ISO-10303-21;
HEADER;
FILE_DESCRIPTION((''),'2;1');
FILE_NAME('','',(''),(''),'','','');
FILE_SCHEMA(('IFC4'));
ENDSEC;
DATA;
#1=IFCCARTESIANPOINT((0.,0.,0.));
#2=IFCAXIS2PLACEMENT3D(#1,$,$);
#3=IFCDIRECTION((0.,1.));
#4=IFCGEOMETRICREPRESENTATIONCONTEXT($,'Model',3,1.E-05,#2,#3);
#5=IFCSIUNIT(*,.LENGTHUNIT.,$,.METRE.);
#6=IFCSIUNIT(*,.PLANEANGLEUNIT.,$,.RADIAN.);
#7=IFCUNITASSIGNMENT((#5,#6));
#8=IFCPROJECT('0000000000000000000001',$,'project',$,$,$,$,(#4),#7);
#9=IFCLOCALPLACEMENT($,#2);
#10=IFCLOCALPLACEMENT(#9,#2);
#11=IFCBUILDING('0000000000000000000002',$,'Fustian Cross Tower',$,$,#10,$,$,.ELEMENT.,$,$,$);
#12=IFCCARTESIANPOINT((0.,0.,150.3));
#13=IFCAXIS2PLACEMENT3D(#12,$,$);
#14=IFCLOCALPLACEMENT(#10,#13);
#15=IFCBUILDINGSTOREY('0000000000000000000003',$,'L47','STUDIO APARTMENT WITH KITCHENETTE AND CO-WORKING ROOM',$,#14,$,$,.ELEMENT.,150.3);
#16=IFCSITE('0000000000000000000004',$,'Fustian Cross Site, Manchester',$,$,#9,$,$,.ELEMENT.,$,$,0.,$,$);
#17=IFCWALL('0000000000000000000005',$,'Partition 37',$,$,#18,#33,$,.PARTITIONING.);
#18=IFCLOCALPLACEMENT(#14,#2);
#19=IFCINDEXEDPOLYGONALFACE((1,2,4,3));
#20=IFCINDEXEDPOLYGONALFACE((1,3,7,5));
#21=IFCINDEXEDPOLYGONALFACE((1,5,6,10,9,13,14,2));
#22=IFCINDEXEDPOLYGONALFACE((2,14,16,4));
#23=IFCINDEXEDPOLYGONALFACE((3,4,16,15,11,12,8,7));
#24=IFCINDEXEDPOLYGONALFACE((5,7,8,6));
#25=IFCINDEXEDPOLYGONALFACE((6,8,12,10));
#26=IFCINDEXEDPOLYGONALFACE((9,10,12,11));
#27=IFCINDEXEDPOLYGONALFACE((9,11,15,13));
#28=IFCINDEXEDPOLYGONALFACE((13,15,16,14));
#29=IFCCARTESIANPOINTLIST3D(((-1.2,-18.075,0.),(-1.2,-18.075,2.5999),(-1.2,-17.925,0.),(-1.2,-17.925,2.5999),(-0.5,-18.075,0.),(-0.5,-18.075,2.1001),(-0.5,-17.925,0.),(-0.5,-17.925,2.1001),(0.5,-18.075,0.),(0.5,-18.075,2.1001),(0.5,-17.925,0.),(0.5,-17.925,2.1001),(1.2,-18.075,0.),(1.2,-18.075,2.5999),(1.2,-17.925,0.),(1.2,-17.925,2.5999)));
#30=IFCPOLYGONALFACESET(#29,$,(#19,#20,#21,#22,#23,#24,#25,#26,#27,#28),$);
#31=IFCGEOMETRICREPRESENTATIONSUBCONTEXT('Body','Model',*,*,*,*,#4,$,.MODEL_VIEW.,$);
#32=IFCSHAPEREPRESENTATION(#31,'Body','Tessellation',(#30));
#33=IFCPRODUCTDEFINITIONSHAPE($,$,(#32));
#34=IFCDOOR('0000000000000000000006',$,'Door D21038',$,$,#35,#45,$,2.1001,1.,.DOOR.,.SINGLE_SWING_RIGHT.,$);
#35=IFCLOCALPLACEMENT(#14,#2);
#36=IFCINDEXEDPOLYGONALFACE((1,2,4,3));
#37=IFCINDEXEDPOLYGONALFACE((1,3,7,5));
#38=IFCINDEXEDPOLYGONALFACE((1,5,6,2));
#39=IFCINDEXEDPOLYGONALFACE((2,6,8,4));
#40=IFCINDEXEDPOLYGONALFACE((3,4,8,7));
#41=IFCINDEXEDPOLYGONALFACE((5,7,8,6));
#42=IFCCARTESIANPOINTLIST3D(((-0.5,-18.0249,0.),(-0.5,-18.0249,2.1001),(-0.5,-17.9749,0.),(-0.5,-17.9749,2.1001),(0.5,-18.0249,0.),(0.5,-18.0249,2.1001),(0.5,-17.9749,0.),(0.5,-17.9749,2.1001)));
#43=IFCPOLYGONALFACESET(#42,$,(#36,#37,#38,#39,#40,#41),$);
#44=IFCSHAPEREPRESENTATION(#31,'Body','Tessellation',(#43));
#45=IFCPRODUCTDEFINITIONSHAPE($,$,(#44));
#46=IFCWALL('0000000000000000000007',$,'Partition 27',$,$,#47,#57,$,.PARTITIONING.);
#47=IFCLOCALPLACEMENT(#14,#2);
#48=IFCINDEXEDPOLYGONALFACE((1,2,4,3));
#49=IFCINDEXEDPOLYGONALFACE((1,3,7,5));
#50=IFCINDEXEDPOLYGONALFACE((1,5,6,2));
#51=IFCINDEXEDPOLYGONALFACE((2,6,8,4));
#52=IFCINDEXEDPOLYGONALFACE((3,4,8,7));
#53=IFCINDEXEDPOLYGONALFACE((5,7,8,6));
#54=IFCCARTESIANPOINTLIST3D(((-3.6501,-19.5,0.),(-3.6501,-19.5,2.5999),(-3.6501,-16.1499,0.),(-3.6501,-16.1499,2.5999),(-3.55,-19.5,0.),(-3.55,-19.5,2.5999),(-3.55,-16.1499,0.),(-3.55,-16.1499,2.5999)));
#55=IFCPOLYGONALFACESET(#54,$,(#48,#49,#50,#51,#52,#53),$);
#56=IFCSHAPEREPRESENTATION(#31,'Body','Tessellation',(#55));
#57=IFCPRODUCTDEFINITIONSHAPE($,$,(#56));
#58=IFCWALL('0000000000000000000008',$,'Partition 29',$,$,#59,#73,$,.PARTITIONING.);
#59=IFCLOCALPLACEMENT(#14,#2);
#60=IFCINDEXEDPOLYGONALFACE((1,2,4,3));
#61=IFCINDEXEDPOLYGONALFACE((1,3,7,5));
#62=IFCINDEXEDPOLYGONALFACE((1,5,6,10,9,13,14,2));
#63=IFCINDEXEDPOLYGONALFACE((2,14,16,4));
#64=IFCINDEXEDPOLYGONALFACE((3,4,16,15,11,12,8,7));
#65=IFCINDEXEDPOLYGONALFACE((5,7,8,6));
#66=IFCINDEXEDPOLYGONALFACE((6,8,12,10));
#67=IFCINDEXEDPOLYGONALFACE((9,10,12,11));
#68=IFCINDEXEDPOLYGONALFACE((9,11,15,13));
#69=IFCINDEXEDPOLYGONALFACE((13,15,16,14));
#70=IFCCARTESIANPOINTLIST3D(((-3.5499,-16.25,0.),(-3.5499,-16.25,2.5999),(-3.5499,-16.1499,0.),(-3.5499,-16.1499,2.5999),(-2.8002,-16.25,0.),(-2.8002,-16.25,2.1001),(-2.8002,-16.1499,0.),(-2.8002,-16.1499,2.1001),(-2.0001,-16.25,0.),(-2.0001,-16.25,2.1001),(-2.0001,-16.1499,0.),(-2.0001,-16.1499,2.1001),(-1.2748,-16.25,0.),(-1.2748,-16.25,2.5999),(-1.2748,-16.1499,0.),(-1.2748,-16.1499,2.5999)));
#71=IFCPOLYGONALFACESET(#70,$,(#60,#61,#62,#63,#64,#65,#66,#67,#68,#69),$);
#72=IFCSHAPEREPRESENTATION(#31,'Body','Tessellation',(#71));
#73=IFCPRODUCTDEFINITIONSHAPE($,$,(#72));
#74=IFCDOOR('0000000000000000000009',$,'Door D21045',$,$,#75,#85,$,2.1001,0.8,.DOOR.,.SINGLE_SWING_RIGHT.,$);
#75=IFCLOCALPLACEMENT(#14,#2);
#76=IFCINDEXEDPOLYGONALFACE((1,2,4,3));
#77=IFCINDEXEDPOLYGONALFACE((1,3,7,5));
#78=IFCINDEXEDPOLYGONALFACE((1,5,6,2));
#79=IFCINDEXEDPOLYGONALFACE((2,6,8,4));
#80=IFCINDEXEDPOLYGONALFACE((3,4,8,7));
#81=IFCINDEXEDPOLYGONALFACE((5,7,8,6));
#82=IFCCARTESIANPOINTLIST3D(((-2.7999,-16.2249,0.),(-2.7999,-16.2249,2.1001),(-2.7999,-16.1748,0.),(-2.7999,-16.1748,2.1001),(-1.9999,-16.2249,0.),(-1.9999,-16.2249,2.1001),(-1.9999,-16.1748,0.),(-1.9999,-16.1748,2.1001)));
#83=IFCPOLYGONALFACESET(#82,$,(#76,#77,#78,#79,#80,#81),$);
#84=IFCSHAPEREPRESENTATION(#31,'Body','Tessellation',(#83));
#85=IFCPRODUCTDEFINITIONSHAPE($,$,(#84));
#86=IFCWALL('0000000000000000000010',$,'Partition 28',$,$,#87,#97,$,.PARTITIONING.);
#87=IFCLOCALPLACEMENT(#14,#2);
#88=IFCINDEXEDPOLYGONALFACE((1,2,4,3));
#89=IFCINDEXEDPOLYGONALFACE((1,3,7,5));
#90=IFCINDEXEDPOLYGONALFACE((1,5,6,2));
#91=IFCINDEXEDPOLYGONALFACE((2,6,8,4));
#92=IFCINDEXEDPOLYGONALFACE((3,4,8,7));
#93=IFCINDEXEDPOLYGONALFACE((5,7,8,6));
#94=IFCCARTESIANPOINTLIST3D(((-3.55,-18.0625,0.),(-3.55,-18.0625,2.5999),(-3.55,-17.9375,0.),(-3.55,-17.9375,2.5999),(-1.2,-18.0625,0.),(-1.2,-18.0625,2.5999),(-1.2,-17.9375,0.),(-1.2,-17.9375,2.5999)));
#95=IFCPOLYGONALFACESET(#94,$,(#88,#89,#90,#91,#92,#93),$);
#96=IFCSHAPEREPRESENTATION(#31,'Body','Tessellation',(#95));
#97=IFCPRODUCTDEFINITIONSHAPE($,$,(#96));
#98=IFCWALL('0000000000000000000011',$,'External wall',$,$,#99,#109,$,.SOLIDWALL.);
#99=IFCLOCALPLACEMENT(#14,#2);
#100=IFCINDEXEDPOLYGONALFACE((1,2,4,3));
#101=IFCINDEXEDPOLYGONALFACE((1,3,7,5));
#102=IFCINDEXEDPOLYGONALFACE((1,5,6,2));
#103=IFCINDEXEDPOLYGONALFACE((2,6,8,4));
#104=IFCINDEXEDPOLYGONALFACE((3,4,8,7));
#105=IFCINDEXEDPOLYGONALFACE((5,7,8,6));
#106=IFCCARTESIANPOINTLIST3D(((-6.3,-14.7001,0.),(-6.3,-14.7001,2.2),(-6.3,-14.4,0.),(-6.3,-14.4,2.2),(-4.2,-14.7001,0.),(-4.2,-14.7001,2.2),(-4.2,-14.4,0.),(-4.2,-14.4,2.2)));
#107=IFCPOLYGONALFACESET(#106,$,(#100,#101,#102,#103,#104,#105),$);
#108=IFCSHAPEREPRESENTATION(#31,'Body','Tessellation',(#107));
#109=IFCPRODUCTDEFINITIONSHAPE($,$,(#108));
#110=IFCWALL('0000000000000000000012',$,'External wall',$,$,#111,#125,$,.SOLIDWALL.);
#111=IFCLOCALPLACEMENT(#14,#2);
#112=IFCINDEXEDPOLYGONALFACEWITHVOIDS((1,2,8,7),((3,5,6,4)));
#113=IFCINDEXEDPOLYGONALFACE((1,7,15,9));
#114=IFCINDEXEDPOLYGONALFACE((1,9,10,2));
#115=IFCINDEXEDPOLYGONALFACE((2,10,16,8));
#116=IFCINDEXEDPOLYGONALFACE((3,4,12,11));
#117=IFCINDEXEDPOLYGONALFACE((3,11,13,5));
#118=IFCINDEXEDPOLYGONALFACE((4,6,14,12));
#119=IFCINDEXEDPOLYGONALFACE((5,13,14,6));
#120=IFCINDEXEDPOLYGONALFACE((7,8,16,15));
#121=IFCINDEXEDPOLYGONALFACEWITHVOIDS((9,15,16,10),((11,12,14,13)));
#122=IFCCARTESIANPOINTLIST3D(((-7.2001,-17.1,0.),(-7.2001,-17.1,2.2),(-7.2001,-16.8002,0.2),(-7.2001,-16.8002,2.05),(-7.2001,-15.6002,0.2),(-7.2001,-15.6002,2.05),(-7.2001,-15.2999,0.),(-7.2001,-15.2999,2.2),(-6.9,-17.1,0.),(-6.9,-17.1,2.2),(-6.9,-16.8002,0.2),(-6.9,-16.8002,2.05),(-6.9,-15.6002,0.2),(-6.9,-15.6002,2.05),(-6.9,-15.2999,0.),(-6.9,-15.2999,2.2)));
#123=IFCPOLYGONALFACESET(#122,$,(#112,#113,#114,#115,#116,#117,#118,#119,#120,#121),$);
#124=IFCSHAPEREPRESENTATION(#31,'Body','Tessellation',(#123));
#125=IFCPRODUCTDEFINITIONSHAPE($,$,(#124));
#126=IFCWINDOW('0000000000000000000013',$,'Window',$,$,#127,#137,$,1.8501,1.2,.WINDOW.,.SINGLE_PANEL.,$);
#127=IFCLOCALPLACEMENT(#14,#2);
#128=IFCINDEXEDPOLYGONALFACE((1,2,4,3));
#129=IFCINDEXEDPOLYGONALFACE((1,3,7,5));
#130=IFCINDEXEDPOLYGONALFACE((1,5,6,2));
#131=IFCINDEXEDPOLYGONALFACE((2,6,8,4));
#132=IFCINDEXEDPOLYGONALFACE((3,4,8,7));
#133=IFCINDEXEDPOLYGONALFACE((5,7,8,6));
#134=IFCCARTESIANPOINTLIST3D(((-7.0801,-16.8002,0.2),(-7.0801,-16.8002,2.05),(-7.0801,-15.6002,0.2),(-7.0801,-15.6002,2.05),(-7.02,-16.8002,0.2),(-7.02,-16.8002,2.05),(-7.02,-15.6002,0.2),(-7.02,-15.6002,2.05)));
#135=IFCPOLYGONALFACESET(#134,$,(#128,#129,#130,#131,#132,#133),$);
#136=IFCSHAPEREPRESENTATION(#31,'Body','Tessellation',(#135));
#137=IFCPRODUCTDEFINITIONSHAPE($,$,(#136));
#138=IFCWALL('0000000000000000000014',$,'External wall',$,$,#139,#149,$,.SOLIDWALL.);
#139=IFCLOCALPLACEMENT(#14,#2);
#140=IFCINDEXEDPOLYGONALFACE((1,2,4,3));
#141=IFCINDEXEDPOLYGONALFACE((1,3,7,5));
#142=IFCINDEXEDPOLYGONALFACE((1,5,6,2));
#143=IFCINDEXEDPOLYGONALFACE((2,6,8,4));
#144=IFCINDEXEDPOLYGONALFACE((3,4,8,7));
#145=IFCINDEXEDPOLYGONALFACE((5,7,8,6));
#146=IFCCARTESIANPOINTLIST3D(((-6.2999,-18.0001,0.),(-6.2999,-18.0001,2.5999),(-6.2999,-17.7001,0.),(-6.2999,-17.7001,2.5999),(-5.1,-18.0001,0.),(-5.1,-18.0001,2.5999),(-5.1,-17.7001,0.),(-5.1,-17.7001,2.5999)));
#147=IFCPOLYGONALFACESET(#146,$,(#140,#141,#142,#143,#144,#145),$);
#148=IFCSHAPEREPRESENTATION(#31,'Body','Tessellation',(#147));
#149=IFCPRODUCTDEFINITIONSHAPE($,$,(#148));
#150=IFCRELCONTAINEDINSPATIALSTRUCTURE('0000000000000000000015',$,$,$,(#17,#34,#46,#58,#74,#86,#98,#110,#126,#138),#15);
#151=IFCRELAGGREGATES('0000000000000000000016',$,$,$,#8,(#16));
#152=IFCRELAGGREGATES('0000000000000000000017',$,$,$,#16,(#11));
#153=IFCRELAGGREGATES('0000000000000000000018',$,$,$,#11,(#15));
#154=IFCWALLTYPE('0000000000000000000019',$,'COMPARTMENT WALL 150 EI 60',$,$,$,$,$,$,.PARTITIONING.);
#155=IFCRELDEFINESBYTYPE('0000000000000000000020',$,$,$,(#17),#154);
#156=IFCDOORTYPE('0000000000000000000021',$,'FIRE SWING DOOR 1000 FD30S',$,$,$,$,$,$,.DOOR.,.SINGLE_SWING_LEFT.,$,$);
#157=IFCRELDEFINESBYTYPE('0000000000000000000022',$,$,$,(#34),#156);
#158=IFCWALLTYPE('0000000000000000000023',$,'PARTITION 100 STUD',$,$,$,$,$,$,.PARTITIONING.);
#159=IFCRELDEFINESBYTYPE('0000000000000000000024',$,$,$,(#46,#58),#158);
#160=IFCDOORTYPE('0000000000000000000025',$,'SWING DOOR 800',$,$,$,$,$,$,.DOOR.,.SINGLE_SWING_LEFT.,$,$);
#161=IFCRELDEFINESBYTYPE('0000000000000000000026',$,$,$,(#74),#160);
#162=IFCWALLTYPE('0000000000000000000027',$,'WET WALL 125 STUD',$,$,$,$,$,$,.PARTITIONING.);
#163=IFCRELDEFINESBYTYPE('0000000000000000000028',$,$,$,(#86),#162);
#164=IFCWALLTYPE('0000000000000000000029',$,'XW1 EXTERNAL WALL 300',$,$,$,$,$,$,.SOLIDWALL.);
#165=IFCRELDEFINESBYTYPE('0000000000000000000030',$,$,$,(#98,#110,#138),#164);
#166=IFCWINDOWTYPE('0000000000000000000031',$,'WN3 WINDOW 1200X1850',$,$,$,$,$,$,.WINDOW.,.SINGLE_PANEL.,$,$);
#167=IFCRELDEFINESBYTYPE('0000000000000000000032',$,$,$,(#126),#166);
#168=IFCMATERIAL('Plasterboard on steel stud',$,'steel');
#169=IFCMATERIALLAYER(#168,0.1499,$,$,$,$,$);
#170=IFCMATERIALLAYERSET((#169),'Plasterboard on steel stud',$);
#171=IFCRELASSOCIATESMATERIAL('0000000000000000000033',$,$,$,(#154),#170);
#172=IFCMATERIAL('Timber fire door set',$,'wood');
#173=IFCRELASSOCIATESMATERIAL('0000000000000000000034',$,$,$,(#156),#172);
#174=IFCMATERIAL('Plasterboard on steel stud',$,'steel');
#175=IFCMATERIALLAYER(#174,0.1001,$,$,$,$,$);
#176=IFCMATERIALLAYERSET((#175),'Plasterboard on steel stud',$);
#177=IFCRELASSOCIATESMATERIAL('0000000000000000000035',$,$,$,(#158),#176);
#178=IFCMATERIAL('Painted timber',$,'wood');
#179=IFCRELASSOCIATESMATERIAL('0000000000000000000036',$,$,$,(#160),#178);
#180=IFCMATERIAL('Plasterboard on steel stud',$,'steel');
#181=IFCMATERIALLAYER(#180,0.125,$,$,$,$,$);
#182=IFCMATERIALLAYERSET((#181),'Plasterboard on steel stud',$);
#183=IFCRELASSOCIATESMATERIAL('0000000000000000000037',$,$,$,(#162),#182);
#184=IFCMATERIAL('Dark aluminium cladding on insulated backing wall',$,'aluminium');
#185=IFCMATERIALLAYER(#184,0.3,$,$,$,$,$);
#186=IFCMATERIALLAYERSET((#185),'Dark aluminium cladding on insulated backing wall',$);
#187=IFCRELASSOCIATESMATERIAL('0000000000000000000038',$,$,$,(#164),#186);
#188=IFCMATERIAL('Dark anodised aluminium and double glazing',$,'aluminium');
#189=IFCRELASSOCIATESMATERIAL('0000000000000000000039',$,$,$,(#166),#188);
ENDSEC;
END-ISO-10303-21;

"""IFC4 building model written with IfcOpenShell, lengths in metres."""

from ifc_helpers import new_model, si_unit, direction, frame, frame_2d, origin, place, context, subcontext, project, spatial, rectangle, extrude, material, layer, layer_set, type_object, element, fill, save


model = new_model("IFC4")

# Units and contexts
model_context = context("Model", 3, precision=1e-05, world=origin(), true_north=direction((0.0, 1.0)))
body_context = subcontext(model_context, "Body", "Model", "MODEL_VIEW")
ifc_project = project(units=[si_unit("LENGTHUNIT", "METRE"), si_unit("PLANEANGLEUNIT", "RADIAN")], contexts=[model_context])

# Site, building, storey
site_placement = place(None, origin())
site = spatial("IfcSite", under=ifc_project, at=site_placement, Name="Fustian Cross Site, Manchester", CompositionType="ELEMENT", RefElevation=0.0)
building_placement = place(site_placement, origin())
building = spatial("IfcBuilding", under=site, at=building_placement, Name="Fustian Cross Tower", CompositionType="ELEMENT")
storey_placement = place(building_placement, frame((0.0, 0.0, 150.3)))
storey = spatial("IfcBuildingStorey", under=building, at=storey_placement, Name="L47", Description="STUDIO APARTMENT WITH KITCHENETTE AND CO-WORKING ROOM", CompositionType="ELEMENT", Elevation=150.3)

# Shared definitions
ifc_material_1 = material(Name="Plasterboard on steel stud", Category="steel")
ifc_layer_1 = layer(ifc_material_1, 0.1499)
ifc_layer_set_1 = layer_set([ifc_layer_1], Name="Plasterboard on steel stud")
wall_type_1 = type_object("IfcWallType", Name="COMPARTMENT WALL 150 EI 60", PredefinedType="PARTITIONING", material=ifc_layer_set_1)
ifc_material_2 = material(Name="Timber fire door set", Category="wood")
door_type_1 = type_object("IfcDoorType", Name="FIRE SWING DOOR 1000 FD30S", OperationType="SINGLE_SWING_LEFT", PredefinedType="DOOR", material=ifc_material_2)

# Wall, opening, door
wall_1_placement = place(storey_placement, frame((-1.2, -18.0, 0.0), z_axis=(0.0, 0.0, 1.0), x_axis=(1.0, 0.0, 0.0)))
wall_1 = element("IfcWall", 1, at=wall_1_placement, inside=storey, type_object=wall_type_1, Name="Partition 37", PredefinedType="PARTITIONING", context=body_context, shape_type="SweptSolid", body=[
    extrude(rectangle(XDim=2.3999, YDim=0.1499, at=frame_2d((1.2, 0.0))), origin(), (0.0, 0.0, 1.0), 2.5999),
])
opening_1_placement = place(wall_1_placement, frame((0.7, 0.0, 0.0)))
opening_1 = element("IfcOpeningElement", 2, at=opening_1_placement, cuts=wall_1, PredefinedType="OPENING", context=body_context, shape_type="SweptSolid", body=[
    extrude(rectangle(XDim=1.0, YDim=2.1001, at=frame_2d((0.5, 1.05))), frame((0.0, 0.085, 0.0), z_axis=(0.0, -1.0, 0.0), x_axis=(1.0, 0.0, 0.0)), (0.0, 0.0, 1.0), 0.1699),
])
door_1_placement = place(opening_1_placement, frame((1.0, 0.0, 0.0), z_axis=(0.0, 0.0, 1.0), x_axis=(-1.0, 0.0, 0.0)))
door_1 = element("IfcDoor", 3, at=door_1_placement, inside=storey, type_object=door_type_1, Name="Door D21038", OperationType="SINGLE_SWING_RIGHT", OverallHeight=2.1001, OverallWidth=1.0, PredefinedType="DOOR", context=body_context, shape_type="SweptSolid", body=[
    extrude(rectangle(XDim=1.0, YDim=2.1001, at=frame_2d((0.5, 1.05))), frame((0.0, 0.0249, 0.0), z_axis=(0.0, -1.0, 0.0), x_axis=(1.0, 0.0, 0.0)), (0.0, 0.0, 1.0), 0.05),
])
fill(opening_1, door_1)

# Wall
ifc_material_3 = material(Name="Plasterboard on steel stud", Category="steel")
ifc_layer_2 = layer(ifc_material_3, 0.1001)
ifc_layer_set_2 = layer_set([ifc_layer_2], Name="Plasterboard on steel stud")
wall_type_2 = type_object("IfcWallType", Name="PARTITION 100 STUD", PredefinedType="PARTITIONING", material=ifc_layer_set_2)
wall_2_placement = place(storey_placement, frame((-3.6001, -19.5, 0.0), z_axis=(0.0, 0.0, 1.0), x_axis=(0.0, 1.0, 0.0)))
element("IfcWall", 4, at=wall_2_placement, inside=storey, type_object=wall_type_2, Name="Partition 27", PredefinedType="PARTITIONING", context=body_context, shape_type="SweptSolid", body=[
    extrude(rectangle(XDim=3.3501, YDim=0.1001, at=frame_2d((1.675, 0.0))), origin(), (0.0, 0.0, 1.0), 2.5999),
])

# Wall, opening, door
wall_3_placement = place(storey_placement, frame((-3.55, -16.2, 0.0), z_axis=(0.0, 0.0, 1.0), x_axis=(1.0, 0.0, 0.0)))
wall_3 = element("IfcWall", 5, at=wall_3_placement, inside=storey, type_object=wall_type_2, Name="Partition 29", PredefinedType="PARTITIONING", context=body_context, shape_type="SweptSolid", body=[
    extrude(rectangle(XDim=2.2751, YDim=0.1001, at=frame_2d((1.1377, 0.0))), origin(), (0.0, 0.0, 1.0), 2.5999),
])
opening_2_placement = place(wall_3_placement, frame((0.75, 0.0, 0.0)))
opening_2 = element("IfcOpeningElement", 6, at=opening_2_placement, cuts=wall_3, PredefinedType="OPENING", context=body_context, shape_type="SweptSolid", body=[
    extrude(rectangle(XDim=0.8, YDim=2.1001, at=frame_2d((0.3999, 1.05))), frame((0.0, 0.0601, 0.0), z_axis=(0.0, -1.0, 0.0), x_axis=(1.0, 0.0, 0.0)), (0.0, 0.0, 1.0), 0.1201),
])
ifc_material_4 = material(Name="Painted timber", Category="wood")
door_type_2 = type_object("IfcDoorType", Name="SWING DOOR 800", OperationType="SINGLE_SWING_LEFT", PredefinedType="DOOR", material=ifc_material_4)
door_2_placement = place(opening_2_placement, frame((0.8, 0.0, 0.0), z_axis=(0.0, 0.0, 1.0), x_axis=(-1.0, 0.0, 0.0)))
door_2 = element("IfcDoor", 7, at=door_2_placement, inside=storey, type_object=door_type_2, Name="Door D21045", OperationType="SINGLE_SWING_RIGHT", OverallHeight=2.1001, OverallWidth=0.8, PredefinedType="DOOR", context=body_context, shape_type="SweptSolid", body=[
    extrude(rectangle(XDim=0.8, YDim=2.1001, at=frame_2d((0.3999, 1.05))), frame((0.0, 0.0249, 0.0), z_axis=(0.0, -1.0, 0.0), x_axis=(1.0, 0.0, 0.0)), (0.0, 0.0, 1.0), 0.05),
])
fill(opening_2, door_2)

# Walls
ifc_material_5 = material(Name="Plasterboard on steel stud", Category="steel")
ifc_layer_3 = layer(ifc_material_5, 0.125)
ifc_layer_set_3 = layer_set([ifc_layer_3], Name="Plasterboard on steel stud")
wall_type_3 = type_object("IfcWallType", Name="WET WALL 125 STUD", PredefinedType="PARTITIONING", material=ifc_layer_set_3)
wall_4_placement = place(storey_placement, frame((-3.55, -18.0, 0.0), z_axis=(0.0, 0.0, 1.0), x_axis=(1.0, 0.0, 0.0)))
element("IfcWall", 8, at=wall_4_placement, inside=storey, type_object=wall_type_3, Name="Partition 28", PredefinedType="PARTITIONING", context=body_context, shape_type="SweptSolid", body=[
    extrude(rectangle(XDim=2.3501, YDim=0.125, at=frame_2d((1.175, 0.0))), origin(), (0.0, 0.0, 1.0), 2.5999),
])
ifc_material_6 = material(Name="Dark aluminium cladding on insulated backing wall", Category="aluminium")
ifc_layer_4 = layer(ifc_material_6, 0.3)
ifc_layer_set_4 = layer_set([ifc_layer_4], Name="Dark aluminium cladding on insulated backing wall")
wall_type_4 = type_object("IfcWallType", Name="XW1 EXTERNAL WALL 300", PredefinedType="SOLIDWALL", material=ifc_layer_set_4)
wall_5_placement = place(storey_placement, frame((-4.2, -14.55, 0.0), z_axis=(0.0, 0.0, 1.0), x_axis=(-1.0, 0.0, 0.0)))
element("IfcWall", 9, at=wall_5_placement, inside=storey, type_object=wall_type_4, Name="External wall", PredefinedType="SOLIDWALL", context=body_context, shape_type="SweptSolid", body=[
    extrude(rectangle(XDim=2.1001, YDim=0.3, at=frame_2d((1.05, 0.0))), origin(), (0.0, 0.0, 1.0), 2.2),
])

# Wall, opening, window
wall_6_placement = place(storey_placement, frame((-7.05, -15.3, 0.0), z_axis=(0.0, 0.0, 1.0), x_axis=(0.0, -1.0, 0.0)))
wall_6 = element("IfcWall", 10, at=wall_6_placement, inside=storey, type_object=wall_type_4, Name="External wall", PredefinedType="SOLIDWALL", context=body_context, shape_type="SweptSolid", body=[
    extrude(rectangle(XDim=1.8, YDim=0.3, at=frame_2d((0.8999, 0.0))), origin(), (0.0, 0.0, 1.0), 2.2),
])
opening_3_placement = place(wall_6_placement, frame((0.3, 0.0, 0.2)))
opening_3 = element("IfcOpeningElement", 11, at=opening_3_placement, cuts=wall_6, PredefinedType="OPENING", context=body_context, shape_type="SweptSolid", body=[
    extrude(rectangle(XDim=1.2, YDim=1.8501, at=frame_2d((0.6001, 0.925))), frame((0.0, 0.1599, 0.0), z_axis=(0.0, -1.0, 0.0), x_axis=(1.0, 0.0, 0.0)), (0.0, 0.0, 1.0), 0.3201),
])
ifc_material_7 = material(Name="Dark anodised aluminium and double glazing", Category="aluminium")
window_type_1 = type_object("IfcWindowType", Name="WN3 WINDOW 1200X1850", PartitioningType="SINGLE_PANEL", PredefinedType="WINDOW", material=ifc_material_7)
window_1_placement = place(opening_3_placement, origin())
window_1 = element("IfcWindow", 12, at=window_1_placement, inside=storey, type_object=window_type_1, Name="Window", OverallHeight=1.8501, OverallWidth=1.2, PartitioningType="SINGLE_PANEL", PredefinedType="WINDOW", context=body_context, shape_type="SweptSolid", body=[
    extrude(rectangle(XDim=1.2, YDim=1.8501, at=frame_2d((0.6001, 0.925))), frame((0.0, 0.03, 0.0), z_axis=(0.0, -1.0, 0.0), x_axis=(1.0, 0.0, 0.0)), (0.0, 0.0, 1.0), 0.0601),
])
fill(opening_3, window_1)

# Wall
wall_7_placement = place(storey_placement, frame((-6.3, -17.8501, 0.0), z_axis=(0.0, 0.0, 1.0), x_axis=(1.0, 0.0, 0.0)))
element("IfcWall", 13, at=wall_7_placement, inside=storey, type_object=wall_type_4, Name="External wall", PredefinedType="SOLIDWALL", context=body_context, shape_type="SweptSolid", body=[
    extrude(rectangle(XDim=1.2, YDim=0.3, at=frame_2d((0.6001, 0.0))), origin(), (0.0, 0.0, 1.0), 2.5999),
])

save(model, "model.ifc")
